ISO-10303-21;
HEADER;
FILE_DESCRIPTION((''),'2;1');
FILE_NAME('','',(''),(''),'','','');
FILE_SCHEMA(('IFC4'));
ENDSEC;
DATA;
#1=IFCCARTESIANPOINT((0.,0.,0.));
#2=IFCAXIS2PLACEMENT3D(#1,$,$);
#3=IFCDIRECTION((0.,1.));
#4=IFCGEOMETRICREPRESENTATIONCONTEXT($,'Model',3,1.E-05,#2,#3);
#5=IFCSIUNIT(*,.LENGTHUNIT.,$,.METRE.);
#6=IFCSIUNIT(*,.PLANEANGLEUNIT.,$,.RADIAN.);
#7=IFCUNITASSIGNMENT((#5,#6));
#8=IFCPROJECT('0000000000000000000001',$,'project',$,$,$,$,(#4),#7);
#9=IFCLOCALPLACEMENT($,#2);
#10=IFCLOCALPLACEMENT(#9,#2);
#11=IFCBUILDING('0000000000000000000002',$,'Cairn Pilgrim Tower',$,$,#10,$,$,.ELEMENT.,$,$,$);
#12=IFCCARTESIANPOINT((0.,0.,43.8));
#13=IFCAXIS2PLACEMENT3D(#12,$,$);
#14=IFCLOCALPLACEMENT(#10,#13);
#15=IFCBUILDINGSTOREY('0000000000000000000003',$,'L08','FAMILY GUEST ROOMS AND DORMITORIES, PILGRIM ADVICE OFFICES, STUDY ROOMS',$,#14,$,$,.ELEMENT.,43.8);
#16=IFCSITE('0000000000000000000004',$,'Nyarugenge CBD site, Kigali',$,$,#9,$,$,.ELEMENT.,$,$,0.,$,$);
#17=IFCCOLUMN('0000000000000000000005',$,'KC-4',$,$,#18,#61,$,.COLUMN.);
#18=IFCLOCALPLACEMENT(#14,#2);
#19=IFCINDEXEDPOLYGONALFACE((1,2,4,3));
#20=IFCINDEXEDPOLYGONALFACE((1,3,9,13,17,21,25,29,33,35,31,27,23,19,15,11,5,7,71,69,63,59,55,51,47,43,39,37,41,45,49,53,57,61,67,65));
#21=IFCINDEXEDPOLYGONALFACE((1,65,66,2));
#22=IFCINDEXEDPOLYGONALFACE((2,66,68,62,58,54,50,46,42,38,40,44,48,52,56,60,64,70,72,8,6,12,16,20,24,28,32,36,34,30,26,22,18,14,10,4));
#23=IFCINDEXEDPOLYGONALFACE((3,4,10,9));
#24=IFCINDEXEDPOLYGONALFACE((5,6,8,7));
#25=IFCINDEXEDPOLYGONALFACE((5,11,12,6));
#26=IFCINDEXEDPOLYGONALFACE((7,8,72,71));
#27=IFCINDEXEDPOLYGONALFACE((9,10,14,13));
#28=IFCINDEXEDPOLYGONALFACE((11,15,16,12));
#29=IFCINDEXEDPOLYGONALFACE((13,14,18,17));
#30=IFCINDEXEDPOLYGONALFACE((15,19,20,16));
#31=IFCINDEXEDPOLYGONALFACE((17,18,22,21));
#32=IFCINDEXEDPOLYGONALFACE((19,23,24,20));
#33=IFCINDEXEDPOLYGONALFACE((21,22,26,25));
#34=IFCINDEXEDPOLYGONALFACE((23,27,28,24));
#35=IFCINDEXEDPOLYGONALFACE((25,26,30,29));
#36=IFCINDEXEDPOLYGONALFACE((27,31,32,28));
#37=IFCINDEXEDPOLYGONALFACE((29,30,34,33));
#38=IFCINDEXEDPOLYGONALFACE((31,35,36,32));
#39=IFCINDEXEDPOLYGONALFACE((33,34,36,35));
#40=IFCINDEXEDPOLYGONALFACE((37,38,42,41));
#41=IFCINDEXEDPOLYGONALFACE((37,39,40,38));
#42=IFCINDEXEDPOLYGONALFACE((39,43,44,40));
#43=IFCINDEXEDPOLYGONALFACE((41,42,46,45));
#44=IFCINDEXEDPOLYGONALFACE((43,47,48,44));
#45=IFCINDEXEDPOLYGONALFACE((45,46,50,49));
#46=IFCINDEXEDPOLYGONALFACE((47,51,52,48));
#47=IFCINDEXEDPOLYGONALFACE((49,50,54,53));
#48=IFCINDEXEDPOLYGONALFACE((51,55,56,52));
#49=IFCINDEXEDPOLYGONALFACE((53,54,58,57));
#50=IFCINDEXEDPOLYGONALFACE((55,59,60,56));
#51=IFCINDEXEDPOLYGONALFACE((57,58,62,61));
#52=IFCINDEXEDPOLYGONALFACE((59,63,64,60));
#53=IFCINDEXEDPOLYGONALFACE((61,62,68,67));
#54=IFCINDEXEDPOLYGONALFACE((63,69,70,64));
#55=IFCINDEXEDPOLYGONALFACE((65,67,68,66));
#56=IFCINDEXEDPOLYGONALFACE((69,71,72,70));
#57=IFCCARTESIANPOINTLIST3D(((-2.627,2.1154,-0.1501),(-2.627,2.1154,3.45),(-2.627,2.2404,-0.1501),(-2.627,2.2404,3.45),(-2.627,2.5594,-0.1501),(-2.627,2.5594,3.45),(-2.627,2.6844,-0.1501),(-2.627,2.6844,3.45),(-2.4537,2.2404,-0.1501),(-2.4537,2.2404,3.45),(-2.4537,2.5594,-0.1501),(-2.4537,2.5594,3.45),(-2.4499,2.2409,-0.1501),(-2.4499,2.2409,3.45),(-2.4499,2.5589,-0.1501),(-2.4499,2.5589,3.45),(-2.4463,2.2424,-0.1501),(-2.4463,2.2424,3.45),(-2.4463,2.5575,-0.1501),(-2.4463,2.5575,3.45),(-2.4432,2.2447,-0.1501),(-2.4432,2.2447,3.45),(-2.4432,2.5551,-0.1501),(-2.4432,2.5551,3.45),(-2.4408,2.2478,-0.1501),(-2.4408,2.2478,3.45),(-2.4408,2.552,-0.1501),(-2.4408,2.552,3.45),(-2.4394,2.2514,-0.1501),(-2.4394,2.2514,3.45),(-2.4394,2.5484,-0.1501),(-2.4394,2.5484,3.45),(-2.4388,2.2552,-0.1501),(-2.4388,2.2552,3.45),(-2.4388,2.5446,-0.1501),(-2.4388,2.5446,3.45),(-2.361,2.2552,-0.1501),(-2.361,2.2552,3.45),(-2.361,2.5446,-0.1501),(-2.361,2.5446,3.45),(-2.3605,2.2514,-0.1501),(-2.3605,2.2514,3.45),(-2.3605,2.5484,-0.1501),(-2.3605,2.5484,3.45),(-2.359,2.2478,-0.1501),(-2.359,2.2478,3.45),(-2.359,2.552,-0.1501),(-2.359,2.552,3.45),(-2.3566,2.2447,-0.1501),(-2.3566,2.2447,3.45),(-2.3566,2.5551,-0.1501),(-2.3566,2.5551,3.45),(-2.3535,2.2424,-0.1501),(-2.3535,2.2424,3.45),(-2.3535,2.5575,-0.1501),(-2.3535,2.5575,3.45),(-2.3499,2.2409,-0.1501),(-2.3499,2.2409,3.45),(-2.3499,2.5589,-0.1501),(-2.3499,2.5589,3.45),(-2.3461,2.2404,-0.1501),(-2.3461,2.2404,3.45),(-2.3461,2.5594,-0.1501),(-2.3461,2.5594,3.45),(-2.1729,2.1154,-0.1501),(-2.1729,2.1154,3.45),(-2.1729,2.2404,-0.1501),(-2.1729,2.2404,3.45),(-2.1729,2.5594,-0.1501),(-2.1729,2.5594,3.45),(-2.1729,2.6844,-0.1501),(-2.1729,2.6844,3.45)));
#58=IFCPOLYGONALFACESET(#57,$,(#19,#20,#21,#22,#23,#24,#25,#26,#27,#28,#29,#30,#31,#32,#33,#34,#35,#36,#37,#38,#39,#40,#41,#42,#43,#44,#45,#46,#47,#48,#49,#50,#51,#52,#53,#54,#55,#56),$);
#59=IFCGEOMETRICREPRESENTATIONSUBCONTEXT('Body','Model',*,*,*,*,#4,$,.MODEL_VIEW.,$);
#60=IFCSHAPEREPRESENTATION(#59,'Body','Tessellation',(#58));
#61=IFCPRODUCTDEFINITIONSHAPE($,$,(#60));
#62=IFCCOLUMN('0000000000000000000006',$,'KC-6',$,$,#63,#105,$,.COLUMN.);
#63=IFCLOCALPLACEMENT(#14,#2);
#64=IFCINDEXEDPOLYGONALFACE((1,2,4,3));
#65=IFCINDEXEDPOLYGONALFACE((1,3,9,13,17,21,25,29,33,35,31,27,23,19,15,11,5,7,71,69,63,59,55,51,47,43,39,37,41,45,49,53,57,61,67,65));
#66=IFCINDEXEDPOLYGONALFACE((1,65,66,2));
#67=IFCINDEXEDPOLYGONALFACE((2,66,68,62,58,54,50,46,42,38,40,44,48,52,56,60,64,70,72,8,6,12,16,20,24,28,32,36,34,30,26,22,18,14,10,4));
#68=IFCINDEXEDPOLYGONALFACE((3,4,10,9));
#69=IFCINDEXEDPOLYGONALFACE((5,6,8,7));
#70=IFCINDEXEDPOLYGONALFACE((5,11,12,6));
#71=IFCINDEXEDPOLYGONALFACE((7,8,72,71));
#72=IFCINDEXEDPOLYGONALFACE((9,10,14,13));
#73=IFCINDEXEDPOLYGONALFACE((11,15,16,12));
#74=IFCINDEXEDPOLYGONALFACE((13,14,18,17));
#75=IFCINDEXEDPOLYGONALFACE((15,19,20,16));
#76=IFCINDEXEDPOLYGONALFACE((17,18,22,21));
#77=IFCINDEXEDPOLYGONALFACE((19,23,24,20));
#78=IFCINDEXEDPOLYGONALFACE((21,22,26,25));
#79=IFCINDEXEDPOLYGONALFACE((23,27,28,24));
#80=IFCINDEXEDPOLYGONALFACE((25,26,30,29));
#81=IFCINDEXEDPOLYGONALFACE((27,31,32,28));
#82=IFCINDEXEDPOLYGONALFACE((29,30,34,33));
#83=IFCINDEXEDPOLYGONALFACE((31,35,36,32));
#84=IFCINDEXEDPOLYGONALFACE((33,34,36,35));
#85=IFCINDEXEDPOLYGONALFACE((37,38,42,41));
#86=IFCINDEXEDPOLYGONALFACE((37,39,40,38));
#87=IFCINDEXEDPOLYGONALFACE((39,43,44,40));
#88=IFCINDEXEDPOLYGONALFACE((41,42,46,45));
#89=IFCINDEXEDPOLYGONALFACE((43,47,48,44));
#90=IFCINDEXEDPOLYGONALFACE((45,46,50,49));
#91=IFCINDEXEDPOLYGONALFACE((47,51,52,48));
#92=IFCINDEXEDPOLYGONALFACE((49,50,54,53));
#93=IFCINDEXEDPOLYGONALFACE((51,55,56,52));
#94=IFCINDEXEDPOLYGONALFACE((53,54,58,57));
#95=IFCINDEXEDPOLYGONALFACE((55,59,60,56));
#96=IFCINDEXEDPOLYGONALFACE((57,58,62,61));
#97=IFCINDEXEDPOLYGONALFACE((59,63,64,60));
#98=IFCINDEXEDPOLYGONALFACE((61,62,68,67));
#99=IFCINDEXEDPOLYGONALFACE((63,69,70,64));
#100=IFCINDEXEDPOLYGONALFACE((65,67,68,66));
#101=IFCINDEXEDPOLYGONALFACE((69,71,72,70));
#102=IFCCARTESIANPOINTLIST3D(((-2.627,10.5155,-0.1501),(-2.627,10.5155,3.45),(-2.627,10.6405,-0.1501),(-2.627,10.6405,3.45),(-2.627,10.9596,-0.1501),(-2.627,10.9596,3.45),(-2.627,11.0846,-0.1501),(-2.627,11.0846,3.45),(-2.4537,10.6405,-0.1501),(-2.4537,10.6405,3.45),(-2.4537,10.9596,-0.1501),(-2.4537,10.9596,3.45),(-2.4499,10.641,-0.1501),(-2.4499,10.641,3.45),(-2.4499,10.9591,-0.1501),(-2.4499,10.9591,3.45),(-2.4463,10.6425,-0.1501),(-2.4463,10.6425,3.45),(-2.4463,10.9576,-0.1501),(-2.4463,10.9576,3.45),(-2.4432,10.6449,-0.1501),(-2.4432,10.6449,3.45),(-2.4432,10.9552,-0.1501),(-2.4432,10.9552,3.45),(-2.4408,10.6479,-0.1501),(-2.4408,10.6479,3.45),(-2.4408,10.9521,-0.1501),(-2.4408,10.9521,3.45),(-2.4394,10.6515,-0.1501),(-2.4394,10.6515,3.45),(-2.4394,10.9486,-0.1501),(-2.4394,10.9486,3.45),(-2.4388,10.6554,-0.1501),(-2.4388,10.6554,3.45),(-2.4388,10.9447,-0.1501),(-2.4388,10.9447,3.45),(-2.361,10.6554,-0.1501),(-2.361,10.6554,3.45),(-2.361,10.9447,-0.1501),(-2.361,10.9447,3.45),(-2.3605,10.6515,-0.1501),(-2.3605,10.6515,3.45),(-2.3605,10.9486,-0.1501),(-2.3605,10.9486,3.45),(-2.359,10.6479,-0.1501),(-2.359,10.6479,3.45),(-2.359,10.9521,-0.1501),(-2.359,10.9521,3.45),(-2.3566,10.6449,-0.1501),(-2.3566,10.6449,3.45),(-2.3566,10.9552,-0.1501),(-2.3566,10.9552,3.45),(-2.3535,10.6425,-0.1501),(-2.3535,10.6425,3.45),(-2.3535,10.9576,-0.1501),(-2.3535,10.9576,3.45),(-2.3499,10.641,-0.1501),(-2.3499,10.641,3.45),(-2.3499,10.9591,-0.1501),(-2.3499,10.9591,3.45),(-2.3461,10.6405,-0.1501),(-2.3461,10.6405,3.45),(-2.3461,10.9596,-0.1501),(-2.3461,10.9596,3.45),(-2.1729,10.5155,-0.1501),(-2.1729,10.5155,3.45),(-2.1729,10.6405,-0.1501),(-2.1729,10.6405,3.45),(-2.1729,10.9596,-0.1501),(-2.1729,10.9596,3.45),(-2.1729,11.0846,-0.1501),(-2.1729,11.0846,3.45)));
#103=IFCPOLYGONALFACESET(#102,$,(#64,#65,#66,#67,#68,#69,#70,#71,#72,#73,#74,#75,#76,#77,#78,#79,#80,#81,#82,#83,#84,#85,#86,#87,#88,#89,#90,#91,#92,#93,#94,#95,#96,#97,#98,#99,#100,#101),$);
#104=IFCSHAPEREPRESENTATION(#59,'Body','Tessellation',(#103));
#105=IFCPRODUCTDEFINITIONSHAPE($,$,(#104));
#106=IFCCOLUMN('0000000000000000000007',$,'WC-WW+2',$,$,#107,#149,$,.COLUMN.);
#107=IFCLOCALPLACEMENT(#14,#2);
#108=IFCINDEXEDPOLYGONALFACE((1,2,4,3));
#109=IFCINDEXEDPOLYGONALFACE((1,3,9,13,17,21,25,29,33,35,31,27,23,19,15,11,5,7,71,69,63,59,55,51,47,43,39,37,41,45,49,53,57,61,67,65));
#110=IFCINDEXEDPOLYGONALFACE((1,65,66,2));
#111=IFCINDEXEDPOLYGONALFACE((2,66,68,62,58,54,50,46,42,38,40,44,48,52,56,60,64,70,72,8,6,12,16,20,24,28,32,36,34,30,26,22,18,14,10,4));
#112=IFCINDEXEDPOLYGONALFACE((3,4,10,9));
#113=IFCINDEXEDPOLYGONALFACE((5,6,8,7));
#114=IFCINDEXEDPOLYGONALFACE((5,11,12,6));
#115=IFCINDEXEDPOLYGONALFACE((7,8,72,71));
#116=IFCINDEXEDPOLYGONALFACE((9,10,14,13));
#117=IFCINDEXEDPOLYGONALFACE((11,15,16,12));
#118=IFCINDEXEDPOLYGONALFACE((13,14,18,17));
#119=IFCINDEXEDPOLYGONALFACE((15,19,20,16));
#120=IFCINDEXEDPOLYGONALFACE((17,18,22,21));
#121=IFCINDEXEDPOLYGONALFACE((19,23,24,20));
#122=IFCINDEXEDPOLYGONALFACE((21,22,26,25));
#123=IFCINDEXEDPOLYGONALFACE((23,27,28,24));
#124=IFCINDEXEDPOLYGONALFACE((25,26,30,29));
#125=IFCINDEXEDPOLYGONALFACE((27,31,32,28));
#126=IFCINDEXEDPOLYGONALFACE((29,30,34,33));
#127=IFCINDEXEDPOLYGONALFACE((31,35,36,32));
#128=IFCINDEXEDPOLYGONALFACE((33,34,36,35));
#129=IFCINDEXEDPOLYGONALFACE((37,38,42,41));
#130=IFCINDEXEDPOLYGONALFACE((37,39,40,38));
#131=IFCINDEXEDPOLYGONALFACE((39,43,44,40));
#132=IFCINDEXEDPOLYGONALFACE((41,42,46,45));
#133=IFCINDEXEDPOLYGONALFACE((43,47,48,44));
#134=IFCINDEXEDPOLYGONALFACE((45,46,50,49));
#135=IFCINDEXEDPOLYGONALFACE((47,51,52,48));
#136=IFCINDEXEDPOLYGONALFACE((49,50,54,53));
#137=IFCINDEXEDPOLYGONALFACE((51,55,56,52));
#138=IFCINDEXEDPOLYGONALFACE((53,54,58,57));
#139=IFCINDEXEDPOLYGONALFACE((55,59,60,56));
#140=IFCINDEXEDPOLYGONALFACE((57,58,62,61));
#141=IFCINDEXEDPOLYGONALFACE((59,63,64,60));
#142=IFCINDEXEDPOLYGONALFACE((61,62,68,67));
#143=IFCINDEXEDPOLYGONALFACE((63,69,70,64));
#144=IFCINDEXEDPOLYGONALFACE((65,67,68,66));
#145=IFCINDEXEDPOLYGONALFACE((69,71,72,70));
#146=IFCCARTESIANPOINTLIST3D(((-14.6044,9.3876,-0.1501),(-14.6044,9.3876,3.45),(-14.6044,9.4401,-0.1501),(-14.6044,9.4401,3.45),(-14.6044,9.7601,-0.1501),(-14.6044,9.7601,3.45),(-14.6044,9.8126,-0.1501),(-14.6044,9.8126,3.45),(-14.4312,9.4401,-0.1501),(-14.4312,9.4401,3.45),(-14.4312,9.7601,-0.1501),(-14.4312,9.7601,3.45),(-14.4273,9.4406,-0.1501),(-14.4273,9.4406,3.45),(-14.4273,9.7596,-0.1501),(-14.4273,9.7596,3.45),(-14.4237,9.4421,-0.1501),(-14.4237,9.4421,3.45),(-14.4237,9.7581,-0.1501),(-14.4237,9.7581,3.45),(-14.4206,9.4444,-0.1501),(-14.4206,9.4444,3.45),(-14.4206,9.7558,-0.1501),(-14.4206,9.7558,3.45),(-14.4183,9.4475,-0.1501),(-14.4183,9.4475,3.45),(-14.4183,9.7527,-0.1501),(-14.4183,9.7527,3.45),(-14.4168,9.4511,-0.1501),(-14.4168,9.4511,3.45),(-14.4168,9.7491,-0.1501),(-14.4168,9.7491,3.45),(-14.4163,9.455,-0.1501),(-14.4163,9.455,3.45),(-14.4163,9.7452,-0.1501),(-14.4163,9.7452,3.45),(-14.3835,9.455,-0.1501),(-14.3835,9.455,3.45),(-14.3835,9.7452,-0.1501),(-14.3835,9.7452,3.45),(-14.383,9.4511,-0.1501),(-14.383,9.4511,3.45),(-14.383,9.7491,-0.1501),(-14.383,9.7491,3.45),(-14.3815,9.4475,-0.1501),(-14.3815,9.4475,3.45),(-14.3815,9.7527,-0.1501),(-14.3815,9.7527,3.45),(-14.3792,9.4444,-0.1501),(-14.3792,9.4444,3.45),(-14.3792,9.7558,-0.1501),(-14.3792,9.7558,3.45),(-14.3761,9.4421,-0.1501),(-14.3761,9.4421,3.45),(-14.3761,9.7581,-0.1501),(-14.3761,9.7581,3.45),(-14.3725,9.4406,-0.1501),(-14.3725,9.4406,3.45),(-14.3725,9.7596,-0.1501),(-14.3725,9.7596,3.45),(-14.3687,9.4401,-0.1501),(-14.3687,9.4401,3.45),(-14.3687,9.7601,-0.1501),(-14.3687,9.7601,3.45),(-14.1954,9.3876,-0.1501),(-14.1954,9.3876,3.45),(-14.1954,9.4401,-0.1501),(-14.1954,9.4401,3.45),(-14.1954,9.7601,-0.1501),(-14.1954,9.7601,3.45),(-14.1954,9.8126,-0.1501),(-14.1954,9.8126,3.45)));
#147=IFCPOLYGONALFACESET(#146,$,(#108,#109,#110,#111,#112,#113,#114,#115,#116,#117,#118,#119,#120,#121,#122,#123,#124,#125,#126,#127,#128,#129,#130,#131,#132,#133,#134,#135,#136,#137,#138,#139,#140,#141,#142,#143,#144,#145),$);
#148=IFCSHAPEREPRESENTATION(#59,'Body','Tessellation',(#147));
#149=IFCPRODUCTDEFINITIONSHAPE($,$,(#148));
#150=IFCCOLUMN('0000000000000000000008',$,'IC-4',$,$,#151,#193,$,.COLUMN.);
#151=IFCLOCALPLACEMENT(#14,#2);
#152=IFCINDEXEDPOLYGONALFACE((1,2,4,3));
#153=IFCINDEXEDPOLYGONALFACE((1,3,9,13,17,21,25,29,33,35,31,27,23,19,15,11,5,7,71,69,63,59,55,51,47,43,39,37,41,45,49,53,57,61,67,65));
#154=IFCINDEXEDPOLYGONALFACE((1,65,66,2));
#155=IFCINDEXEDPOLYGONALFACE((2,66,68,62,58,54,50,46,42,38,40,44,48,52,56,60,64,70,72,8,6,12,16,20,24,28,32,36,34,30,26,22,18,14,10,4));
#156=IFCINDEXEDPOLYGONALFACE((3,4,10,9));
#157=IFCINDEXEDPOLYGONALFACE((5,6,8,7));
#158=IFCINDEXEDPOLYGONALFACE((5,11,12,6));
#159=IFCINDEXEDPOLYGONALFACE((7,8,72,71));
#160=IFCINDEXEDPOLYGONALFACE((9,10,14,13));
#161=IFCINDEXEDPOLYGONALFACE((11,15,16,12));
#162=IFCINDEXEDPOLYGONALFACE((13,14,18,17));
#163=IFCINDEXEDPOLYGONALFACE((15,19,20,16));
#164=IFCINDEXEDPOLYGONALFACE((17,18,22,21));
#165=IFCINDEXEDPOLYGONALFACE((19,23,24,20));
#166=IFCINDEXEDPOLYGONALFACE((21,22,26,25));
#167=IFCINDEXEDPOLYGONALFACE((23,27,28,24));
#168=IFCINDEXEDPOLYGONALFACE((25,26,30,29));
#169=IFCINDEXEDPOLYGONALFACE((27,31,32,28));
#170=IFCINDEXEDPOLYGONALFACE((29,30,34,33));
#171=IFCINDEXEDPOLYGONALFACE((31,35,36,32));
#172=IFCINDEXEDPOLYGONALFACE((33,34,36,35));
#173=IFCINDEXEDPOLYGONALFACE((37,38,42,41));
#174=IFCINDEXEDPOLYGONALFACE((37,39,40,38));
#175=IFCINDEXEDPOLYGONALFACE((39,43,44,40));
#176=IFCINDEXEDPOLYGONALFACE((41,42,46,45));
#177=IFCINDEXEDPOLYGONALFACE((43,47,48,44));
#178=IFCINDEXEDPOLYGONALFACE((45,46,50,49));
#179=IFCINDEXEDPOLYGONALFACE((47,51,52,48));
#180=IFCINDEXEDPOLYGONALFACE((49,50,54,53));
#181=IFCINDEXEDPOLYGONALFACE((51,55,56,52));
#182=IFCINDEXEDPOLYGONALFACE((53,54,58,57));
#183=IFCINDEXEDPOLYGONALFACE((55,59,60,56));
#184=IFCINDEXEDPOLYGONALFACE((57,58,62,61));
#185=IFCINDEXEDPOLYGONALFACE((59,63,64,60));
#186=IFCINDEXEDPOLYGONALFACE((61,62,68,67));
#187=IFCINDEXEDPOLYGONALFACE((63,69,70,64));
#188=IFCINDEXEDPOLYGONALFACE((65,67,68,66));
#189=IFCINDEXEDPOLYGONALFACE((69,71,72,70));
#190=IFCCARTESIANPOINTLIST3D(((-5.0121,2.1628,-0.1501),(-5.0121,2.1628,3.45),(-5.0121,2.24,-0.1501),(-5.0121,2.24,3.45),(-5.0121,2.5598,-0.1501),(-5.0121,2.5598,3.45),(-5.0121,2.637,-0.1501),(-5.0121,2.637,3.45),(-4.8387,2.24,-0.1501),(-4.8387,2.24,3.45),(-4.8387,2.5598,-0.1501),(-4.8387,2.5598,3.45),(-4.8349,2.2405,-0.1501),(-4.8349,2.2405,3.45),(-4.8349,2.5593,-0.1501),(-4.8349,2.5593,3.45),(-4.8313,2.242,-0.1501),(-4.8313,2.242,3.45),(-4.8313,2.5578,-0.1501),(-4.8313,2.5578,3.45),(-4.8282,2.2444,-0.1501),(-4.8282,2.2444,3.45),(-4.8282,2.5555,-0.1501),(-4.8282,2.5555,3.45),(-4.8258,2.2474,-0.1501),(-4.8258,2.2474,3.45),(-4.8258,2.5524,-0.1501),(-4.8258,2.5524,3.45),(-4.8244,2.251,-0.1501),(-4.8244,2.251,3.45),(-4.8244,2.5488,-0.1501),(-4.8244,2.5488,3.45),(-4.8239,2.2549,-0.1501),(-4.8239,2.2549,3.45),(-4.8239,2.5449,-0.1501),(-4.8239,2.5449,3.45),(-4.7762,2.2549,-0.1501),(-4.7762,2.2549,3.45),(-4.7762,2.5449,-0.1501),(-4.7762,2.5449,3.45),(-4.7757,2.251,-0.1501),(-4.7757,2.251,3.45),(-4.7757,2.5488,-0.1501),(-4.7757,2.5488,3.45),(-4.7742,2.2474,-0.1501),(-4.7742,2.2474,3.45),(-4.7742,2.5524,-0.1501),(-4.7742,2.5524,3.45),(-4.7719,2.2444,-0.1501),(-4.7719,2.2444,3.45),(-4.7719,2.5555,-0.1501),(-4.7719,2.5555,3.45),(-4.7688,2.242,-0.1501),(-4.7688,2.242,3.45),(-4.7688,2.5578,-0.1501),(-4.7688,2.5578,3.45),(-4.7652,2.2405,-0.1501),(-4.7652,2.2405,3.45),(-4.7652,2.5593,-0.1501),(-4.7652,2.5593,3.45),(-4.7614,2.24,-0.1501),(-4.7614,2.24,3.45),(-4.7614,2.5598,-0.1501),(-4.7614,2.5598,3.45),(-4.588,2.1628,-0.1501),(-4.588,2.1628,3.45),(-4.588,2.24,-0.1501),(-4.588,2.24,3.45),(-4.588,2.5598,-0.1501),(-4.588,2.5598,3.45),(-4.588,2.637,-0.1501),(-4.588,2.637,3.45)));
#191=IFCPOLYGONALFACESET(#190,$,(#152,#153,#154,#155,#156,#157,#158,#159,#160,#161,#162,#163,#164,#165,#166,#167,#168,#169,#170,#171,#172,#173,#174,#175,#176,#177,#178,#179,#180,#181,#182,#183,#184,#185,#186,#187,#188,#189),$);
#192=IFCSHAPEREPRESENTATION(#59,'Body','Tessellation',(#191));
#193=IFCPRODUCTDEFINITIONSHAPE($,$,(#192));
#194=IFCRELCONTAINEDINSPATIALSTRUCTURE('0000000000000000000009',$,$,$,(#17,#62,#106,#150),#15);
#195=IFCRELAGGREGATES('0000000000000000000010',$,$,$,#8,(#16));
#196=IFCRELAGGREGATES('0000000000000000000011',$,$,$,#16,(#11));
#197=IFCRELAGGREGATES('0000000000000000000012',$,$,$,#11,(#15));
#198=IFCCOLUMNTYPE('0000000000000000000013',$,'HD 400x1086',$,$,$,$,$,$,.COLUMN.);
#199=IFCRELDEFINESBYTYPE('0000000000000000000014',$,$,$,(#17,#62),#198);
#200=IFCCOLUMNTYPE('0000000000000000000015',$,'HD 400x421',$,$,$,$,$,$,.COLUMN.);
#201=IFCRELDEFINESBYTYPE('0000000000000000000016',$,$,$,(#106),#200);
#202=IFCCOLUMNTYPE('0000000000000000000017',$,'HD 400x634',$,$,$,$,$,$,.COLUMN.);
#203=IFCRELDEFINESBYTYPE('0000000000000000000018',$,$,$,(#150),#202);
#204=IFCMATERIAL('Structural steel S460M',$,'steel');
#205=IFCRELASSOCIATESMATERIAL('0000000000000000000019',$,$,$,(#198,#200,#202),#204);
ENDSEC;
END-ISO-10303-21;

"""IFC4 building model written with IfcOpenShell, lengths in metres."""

from ifc_helpers import new_model, si_unit, direction, frame, origin, origin_2d, place, context, subcontext, project, spatial, i_section, extrude, material, material_profile, profile_set, type_object, element, save


model = new_model("IFC4")

# Units and contexts
model_context = context("Model", 3, precision=1e-05, world=origin(), true_north=direction((0.0, 1.0)))
body_context = subcontext(model_context, "Body", "Model", "MODEL_VIEW")
ifc_project = project(units=[si_unit("LENGTHUNIT", "METRE"), si_unit("PLANEANGLEUNIT", "RADIAN")], contexts=[model_context])

# Site, building, storey
site_placement = place(None, origin())
site = spatial("IfcSite", under=ifc_project, at=site_placement, Name="Nyarugenge CBD site, Kigali", CompositionType="ELEMENT", RefElevation=0.0)
building_placement = place(site_placement, origin())
building = spatial("IfcBuilding", under=site, at=building_placement, Name="Cairn Pilgrim Tower", CompositionType="ELEMENT")
storey_placement = place(building_placement, frame((0.0, 0.0, 43.8)))
storey = spatial("IfcBuildingStorey", under=building, at=storey_placement, Name="L08", Description="FAMILY GUEST ROOMS AND DORMITORIES, PILGRIM ADVICE OFFICES, STUDY ROOMS", CompositionType="ELEMENT", Elevation=43.8)

# Columns
ifc_material_1 = material(Name="Structural steel S460M", Category="steel")
ifc_material_profile_1 = material_profile(ifc_material_1, i_section(OverallWidth=0.4541, OverallDepth=0.5691, WebThickness=0.0779, FlangeThickness=0.125, FilletRadius=0.0149, at=origin_2d()), Name="HD 400x1086")
ifc_profile_set_1 = profile_set([ifc_material_profile_1], Name="Structural steel S460M")
column_type_1 = type_object("IfcColumnType", Name="HD 400x1086", PredefinedType="COLUMN", material=ifc_profile_set_1)
for number, where, z_axis, x_axis, name in (
    (1, (-2.3999, 2.3999, -0.1501), (0.0, 0.0, 1.0), (1.0, 0.0, 0.0), "KC-4"),
    (2, (-2.3999, 10.8, -0.1501), (0.0, 0.0, 1.0), (1.0, 0.0, 0.0), "KC-6"),
):
    element("IfcColumn", number, at=place(storey_placement, frame(where, z_axis=z_axis, x_axis=x_axis)), inside=storey, type_object=column_type_1, Name=name, PredefinedType="COLUMN", context=body_context, shape_type="SweptSolid", body=[
        extrude(i_section(OverallWidth=0.4541, OverallDepth=0.5691, WebThickness=0.0779, FlangeThickness=0.125, FilletRadius=0.0149, at=origin_2d()), origin(), (0.0, 0.0, 1.0), 3.6001),
    ])
ifc_material_profile_2 = material_profile(ifc_material_1, i_section(OverallWidth=0.4089, OverallDepth=0.425, WebThickness=0.0327, FlangeThickness=0.0525, FilletRadius=0.0149, at=origin_2d()), Name="HD 400x421")
ifc_profile_set_2 = profile_set([ifc_material_profile_2], Name="Structural steel S460M")
column_type_2 = type_object("IfcColumnType", Name="HD 400x421", PredefinedType="COLUMN", material=ifc_profile_set_2)
column_1_placement = place(storey_placement, frame((-14.3999, 9.6001, -0.1501), z_axis=(0.0, 0.0, 1.0), x_axis=(1.0, 0.0, 0.0)))
element("IfcColumn", 3, at=column_1_placement, inside=storey, type_object=column_type_2, Name="WC-WW+2", PredefinedType="COLUMN", context=body_context, shape_type="SweptSolid", body=[
    extrude(i_section(OverallWidth=0.4089, OverallDepth=0.425, WebThickness=0.0327, FlangeThickness=0.0525, FilletRadius=0.0149, at=origin_2d()), origin(), (0.0, 0.0, 1.0), 3.6001),
])
ifc_material_profile_3 = material_profile(ifc_material_1, i_section(OverallWidth=0.4241, OverallDepth=0.4741, WebThickness=0.0476, FlangeThickness=0.0771, FilletRadius=0.0149, at=origin_2d()), Name="HD 400x634")
ifc_profile_set_3 = profile_set([ifc_material_profile_3], Name="Structural steel S460M")
column_type_3 = type_object("IfcColumnType", Name="HD 400x634", PredefinedType="COLUMN", material=ifc_profile_set_3)
column_2_placement = place(storey_placement, frame((-4.8, 2.3999, -0.1501), z_axis=(0.0, 0.0, 1.0), x_axis=(1.0, 0.0, 0.0)))
element("IfcColumn", 4, at=column_2_placement, inside=storey, type_object=column_type_3, Name="IC-4", PredefinedType="COLUMN", context=body_context, shape_type="SweptSolid", body=[
    extrude(i_section(OverallWidth=0.4241, OverallDepth=0.4741, WebThickness=0.0476, FlangeThickness=0.0771, FilletRadius=0.0149, at=origin_2d()), origin(), (0.0, 0.0, 1.0), 3.6001),
])

save(model, "model.ifc")
